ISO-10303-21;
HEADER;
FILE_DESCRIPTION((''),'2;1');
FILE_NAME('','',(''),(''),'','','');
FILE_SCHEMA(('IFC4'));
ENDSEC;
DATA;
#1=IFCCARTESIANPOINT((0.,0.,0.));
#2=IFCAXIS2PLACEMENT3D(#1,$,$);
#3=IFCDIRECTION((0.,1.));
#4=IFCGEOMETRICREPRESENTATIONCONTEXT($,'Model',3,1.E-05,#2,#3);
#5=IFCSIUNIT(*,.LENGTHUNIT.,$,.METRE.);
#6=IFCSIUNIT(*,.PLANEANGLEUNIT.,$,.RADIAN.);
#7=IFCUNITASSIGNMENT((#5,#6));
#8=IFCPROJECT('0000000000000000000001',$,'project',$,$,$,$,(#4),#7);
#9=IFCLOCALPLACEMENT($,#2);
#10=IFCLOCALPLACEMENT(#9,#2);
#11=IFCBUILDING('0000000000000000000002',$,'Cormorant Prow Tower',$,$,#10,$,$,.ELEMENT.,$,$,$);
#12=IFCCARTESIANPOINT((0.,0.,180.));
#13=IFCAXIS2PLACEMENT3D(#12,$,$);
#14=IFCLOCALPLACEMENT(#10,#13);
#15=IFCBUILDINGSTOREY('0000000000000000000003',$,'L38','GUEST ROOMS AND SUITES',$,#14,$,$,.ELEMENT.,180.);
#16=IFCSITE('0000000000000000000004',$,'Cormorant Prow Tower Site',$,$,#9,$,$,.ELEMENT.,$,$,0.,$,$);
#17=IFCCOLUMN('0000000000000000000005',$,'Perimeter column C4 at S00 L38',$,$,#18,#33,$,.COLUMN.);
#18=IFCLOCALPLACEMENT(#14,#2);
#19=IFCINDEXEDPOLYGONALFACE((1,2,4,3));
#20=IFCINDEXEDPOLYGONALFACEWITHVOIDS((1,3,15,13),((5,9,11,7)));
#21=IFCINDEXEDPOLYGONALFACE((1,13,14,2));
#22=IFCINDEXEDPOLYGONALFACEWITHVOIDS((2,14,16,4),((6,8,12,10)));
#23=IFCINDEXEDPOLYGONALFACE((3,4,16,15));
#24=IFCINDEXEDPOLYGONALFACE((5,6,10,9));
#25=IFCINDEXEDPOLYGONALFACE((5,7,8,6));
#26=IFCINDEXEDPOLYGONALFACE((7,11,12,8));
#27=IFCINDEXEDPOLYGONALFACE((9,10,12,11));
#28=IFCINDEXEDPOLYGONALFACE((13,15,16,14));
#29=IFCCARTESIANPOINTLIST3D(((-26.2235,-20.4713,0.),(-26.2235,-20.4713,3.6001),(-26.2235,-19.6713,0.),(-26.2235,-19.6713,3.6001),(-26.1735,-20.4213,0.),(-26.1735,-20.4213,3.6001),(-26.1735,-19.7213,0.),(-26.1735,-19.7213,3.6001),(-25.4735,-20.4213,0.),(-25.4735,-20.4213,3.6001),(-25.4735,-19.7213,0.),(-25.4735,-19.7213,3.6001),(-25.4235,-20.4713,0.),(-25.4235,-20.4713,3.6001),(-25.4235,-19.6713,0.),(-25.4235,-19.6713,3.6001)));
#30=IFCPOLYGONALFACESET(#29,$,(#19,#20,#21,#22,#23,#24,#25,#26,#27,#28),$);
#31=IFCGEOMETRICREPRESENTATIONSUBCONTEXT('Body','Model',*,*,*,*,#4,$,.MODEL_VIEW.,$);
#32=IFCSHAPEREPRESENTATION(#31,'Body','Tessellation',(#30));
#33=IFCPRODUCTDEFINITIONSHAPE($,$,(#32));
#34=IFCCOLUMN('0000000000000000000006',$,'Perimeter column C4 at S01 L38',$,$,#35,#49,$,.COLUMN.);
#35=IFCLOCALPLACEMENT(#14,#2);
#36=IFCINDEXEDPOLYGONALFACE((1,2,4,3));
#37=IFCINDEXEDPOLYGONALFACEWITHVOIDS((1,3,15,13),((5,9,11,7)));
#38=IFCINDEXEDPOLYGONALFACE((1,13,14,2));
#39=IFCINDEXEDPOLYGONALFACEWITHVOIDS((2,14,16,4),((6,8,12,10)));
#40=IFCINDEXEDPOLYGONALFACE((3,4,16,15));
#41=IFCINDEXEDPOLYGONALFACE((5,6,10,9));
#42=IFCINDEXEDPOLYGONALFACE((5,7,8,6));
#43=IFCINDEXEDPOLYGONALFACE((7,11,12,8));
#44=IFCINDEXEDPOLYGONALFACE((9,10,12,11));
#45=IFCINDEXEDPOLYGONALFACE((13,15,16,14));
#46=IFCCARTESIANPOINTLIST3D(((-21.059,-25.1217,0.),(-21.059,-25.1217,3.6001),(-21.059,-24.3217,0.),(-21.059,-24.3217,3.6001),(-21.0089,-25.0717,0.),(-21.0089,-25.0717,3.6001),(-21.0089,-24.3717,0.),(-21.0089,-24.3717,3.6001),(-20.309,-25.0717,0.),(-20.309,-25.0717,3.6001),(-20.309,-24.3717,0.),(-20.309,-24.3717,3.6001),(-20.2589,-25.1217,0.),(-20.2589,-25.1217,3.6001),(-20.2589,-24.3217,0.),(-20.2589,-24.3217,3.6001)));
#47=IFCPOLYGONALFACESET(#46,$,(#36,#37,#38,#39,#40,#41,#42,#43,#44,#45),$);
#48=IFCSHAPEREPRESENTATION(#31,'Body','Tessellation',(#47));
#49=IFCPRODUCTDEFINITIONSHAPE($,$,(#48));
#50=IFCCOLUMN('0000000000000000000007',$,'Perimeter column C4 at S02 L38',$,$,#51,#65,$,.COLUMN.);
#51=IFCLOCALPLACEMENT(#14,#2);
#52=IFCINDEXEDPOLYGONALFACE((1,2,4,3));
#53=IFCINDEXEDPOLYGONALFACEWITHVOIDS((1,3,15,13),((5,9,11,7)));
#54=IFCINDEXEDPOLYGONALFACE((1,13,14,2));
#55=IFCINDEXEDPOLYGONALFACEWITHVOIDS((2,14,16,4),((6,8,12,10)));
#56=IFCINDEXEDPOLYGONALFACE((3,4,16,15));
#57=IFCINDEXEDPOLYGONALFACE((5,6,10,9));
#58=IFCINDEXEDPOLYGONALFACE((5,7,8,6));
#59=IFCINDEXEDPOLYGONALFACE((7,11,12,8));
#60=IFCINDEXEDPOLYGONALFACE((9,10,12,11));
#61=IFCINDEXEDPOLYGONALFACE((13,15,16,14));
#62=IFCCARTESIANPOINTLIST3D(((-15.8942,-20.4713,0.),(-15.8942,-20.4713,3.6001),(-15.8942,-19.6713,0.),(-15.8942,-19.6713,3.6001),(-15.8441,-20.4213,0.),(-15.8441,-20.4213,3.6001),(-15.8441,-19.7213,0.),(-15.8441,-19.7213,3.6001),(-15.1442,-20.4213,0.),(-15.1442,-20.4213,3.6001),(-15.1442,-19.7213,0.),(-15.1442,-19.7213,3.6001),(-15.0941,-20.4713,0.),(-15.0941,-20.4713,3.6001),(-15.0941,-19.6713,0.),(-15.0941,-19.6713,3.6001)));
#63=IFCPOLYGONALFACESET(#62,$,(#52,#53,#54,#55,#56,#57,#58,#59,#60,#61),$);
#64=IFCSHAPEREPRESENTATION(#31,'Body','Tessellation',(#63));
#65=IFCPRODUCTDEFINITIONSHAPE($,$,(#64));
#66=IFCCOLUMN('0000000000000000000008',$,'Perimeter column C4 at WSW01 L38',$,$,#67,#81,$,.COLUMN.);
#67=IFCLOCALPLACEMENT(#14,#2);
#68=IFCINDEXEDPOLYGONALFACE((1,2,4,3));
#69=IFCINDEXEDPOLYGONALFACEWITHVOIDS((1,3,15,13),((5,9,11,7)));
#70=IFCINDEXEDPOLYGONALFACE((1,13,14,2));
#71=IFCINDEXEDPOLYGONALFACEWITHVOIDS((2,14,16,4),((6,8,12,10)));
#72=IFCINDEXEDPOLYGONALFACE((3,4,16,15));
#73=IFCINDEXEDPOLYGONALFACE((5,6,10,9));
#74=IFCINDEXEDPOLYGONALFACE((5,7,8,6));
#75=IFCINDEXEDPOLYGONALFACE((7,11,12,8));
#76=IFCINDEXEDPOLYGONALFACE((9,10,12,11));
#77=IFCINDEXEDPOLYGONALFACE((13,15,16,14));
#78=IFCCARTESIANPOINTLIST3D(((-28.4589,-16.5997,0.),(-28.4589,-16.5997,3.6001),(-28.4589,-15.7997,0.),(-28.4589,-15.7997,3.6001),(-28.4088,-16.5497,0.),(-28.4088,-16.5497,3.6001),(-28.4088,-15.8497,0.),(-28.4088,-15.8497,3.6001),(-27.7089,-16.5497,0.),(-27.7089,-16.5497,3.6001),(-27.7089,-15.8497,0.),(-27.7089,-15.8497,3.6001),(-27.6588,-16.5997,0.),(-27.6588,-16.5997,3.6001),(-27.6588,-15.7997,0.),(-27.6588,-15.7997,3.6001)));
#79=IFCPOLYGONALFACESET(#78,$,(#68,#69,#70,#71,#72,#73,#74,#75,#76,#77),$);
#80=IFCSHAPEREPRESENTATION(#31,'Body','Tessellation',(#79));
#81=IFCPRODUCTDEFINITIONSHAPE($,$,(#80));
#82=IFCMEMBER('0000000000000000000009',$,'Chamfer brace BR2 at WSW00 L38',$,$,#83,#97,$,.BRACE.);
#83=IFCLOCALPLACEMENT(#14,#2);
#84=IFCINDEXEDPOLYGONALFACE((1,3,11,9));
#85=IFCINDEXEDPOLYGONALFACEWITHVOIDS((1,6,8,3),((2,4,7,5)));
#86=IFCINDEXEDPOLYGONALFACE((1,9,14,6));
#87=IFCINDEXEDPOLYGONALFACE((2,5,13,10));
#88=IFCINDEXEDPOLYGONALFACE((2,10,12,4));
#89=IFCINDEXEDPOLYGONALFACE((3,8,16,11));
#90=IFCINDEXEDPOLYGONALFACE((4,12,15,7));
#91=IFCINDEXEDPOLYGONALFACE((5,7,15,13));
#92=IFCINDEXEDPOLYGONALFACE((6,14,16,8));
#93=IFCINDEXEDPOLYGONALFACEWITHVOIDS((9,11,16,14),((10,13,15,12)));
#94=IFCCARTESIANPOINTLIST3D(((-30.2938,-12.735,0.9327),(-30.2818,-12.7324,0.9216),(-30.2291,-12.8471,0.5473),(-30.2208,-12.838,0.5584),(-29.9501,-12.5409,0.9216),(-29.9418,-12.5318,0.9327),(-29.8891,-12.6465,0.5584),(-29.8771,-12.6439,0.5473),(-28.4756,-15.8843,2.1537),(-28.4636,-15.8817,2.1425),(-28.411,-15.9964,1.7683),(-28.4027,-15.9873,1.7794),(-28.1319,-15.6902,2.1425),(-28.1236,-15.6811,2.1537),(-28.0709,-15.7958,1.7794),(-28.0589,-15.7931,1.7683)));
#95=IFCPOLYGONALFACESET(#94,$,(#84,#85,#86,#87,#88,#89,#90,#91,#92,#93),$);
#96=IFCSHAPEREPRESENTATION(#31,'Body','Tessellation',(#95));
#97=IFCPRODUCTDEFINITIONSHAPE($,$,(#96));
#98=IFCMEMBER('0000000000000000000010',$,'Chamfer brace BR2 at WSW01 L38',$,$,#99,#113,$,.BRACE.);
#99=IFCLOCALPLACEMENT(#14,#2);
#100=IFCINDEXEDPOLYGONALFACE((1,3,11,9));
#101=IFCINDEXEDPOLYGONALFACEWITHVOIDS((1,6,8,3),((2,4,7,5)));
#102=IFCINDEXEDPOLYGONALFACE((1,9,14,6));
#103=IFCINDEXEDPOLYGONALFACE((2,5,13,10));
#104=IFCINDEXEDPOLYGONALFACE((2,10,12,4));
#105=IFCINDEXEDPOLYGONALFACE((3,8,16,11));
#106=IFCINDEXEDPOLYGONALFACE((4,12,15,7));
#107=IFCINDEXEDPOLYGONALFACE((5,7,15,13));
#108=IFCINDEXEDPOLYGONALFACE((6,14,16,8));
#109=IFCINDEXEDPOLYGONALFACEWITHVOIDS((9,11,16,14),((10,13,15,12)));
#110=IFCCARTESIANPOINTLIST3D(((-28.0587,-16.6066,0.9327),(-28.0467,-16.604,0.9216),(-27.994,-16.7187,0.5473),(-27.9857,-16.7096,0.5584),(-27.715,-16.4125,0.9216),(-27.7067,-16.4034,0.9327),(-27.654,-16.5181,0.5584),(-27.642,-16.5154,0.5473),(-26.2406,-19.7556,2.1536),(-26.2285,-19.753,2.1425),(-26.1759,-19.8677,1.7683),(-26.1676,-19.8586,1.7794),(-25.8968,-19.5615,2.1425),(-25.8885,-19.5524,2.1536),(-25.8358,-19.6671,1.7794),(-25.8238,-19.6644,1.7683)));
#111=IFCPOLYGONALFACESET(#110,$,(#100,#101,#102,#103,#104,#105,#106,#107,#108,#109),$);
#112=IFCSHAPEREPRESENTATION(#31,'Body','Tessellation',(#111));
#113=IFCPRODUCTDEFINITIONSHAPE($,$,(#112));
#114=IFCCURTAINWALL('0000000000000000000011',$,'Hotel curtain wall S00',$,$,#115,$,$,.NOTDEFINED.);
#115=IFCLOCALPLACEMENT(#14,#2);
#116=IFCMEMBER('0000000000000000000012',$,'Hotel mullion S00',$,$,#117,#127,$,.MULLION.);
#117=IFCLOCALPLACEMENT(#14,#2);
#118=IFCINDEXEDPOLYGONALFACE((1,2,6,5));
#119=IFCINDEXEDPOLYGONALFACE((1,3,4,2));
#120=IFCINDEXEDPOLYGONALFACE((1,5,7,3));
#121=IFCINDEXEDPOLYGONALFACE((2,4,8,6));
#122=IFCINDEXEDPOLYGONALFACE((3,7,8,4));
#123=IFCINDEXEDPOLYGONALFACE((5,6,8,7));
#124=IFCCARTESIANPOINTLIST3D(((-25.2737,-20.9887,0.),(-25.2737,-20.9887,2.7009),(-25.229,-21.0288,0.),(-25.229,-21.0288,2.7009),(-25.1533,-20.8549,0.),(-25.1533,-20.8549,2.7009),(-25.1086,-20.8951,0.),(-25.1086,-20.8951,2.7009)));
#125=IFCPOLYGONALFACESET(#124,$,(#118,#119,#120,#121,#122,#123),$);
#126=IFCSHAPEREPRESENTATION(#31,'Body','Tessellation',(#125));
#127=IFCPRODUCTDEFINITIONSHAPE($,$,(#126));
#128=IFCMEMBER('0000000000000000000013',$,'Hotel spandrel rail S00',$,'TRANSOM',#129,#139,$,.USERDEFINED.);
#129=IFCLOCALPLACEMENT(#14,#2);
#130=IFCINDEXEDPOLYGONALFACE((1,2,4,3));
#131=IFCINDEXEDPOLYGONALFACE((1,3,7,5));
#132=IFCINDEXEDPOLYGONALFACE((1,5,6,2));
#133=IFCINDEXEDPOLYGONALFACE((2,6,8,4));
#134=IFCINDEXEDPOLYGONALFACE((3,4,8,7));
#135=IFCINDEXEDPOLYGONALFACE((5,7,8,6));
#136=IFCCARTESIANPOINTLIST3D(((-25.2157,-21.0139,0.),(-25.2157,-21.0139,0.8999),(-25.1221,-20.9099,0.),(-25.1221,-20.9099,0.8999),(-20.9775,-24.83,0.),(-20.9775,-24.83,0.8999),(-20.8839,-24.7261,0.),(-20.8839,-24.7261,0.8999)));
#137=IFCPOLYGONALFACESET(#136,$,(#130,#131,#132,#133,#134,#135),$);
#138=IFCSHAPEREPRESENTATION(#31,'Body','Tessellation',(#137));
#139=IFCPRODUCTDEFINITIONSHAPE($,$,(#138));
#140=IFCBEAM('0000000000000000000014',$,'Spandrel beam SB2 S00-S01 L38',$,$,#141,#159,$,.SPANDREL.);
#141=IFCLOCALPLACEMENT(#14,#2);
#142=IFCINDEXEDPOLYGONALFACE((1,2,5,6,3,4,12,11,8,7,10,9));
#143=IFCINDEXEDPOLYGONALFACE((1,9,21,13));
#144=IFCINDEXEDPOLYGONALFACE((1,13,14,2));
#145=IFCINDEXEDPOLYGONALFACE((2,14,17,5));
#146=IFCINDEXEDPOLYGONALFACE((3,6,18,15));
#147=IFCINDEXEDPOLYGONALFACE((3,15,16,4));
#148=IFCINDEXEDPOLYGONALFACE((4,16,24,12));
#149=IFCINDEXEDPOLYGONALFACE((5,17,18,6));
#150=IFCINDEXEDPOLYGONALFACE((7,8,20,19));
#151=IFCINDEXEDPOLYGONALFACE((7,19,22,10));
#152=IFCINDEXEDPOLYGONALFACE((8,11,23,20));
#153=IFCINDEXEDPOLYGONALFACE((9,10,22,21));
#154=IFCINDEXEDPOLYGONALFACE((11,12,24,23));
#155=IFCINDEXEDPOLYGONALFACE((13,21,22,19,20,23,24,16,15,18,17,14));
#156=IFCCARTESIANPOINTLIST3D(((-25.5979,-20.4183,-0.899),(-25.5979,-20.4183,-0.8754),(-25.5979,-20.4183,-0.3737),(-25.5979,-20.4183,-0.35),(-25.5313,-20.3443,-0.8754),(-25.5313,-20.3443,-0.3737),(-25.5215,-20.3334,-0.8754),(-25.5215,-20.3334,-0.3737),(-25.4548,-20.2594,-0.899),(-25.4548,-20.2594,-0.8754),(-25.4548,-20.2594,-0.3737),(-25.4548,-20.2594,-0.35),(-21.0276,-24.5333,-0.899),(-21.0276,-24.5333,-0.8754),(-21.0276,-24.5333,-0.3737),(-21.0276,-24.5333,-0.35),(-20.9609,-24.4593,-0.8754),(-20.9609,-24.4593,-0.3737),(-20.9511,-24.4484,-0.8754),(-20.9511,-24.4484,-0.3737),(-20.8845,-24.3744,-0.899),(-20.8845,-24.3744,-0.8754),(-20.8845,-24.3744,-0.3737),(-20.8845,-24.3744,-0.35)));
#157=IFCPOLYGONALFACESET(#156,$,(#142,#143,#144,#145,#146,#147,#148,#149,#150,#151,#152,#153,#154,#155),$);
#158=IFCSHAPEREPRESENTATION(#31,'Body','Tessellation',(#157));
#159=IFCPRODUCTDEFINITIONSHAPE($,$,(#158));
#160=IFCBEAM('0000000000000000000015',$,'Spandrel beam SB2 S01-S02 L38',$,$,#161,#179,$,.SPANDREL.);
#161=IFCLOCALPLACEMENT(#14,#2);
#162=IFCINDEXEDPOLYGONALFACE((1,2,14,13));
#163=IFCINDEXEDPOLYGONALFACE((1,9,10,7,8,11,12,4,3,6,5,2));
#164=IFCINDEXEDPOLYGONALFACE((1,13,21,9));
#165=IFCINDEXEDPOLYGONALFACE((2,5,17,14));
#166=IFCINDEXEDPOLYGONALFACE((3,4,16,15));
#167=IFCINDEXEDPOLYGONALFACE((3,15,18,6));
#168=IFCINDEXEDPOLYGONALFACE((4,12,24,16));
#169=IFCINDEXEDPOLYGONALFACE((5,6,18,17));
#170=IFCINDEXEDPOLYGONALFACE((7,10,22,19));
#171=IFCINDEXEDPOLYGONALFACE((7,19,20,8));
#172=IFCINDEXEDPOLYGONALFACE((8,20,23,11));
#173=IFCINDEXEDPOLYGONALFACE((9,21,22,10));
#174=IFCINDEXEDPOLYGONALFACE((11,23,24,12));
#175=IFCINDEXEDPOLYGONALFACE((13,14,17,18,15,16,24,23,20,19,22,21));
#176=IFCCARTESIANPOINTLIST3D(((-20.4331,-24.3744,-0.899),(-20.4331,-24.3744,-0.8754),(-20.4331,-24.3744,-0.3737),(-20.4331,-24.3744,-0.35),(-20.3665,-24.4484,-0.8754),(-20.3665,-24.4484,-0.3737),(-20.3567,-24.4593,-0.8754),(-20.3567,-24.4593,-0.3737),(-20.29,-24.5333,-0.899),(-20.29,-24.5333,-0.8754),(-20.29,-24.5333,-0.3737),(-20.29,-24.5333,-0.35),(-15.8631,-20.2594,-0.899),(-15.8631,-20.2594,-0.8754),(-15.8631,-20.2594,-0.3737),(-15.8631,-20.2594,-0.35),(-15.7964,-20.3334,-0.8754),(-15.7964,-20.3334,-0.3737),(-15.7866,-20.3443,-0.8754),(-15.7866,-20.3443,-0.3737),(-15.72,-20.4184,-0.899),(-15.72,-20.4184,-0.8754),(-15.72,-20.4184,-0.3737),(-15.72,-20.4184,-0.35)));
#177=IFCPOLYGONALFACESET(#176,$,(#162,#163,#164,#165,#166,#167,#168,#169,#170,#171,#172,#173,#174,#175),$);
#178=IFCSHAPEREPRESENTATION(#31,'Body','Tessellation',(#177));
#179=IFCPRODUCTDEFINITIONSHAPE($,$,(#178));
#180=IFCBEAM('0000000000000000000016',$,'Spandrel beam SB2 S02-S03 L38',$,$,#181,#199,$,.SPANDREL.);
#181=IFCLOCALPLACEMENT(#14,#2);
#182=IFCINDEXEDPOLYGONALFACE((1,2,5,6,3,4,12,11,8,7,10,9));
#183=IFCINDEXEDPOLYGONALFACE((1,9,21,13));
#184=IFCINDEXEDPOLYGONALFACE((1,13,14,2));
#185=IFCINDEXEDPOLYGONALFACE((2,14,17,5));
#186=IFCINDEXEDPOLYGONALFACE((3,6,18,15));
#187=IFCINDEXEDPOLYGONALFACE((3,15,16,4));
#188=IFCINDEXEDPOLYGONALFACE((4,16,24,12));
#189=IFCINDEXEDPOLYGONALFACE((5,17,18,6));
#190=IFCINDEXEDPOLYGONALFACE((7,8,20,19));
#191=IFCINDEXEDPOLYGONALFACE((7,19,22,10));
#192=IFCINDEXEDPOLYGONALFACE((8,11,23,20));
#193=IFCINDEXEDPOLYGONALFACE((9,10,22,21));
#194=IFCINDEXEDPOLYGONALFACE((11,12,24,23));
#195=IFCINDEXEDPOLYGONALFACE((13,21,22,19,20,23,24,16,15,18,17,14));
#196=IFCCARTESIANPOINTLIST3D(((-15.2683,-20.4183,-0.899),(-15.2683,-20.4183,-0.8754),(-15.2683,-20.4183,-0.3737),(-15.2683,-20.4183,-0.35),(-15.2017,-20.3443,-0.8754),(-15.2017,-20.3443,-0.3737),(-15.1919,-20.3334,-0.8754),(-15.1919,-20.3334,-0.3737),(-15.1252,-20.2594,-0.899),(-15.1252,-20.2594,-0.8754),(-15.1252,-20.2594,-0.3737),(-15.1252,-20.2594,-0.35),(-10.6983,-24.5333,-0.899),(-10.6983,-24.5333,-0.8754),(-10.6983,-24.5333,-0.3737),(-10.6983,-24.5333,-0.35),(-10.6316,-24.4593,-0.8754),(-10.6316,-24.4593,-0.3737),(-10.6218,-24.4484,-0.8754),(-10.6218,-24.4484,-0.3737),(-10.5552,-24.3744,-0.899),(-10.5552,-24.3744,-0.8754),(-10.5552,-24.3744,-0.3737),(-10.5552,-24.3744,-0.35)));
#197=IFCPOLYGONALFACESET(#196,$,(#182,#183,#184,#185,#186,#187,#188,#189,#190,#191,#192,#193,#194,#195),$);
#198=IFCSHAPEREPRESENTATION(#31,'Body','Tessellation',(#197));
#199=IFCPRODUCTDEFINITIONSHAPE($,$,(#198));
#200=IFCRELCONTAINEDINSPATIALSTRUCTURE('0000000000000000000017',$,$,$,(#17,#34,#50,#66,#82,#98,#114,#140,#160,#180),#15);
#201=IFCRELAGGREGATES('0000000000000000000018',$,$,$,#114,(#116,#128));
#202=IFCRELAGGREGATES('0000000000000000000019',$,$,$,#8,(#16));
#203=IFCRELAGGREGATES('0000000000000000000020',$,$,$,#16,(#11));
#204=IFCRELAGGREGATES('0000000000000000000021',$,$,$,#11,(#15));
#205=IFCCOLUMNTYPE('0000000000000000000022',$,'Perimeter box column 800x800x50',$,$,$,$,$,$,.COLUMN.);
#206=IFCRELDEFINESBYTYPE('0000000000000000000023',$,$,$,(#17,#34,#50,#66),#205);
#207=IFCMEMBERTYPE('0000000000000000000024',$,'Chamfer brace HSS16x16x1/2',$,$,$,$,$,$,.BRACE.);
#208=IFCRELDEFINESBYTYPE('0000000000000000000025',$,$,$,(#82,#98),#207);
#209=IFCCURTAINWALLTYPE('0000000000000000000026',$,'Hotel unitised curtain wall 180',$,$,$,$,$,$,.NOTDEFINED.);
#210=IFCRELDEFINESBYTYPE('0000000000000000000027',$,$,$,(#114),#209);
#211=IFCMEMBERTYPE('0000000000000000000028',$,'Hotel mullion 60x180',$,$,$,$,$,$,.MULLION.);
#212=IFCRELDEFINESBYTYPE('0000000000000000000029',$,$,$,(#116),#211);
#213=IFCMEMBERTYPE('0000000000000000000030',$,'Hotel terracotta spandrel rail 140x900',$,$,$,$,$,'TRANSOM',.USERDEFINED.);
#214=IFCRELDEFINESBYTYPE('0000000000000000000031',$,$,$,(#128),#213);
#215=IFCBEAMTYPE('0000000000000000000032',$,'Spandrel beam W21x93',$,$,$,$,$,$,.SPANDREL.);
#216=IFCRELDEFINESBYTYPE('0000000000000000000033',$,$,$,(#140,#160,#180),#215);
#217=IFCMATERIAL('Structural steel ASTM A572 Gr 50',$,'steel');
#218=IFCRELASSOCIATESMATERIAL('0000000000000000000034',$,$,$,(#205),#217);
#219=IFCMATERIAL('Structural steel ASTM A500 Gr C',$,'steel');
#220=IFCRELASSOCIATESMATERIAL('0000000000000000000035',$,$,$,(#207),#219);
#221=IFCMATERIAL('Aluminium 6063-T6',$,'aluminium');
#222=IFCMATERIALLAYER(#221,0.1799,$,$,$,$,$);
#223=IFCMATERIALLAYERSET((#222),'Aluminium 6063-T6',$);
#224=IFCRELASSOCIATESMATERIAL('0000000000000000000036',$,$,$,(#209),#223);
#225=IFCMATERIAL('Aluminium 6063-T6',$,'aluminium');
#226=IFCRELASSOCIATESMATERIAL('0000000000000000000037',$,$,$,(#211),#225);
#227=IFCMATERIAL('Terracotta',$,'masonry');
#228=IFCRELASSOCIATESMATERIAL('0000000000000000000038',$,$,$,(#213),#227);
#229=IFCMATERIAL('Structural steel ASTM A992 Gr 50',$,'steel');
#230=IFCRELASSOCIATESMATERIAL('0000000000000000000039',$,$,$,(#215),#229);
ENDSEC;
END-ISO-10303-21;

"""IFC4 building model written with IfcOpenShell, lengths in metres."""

from ifc_helpers import new_model, si_unit, direction, frame, origin, origin_2d, place, context, subcontext, project, spatial, rectangle, hollow_rectangle, i_section, extrude, material, layer, layer_set, material_profile, profile_set, type_object, element, aggregate, save


model = new_model("IFC4")

# Units and contexts
model_context = context("Model", 3, precision=1e-05, world=origin(), true_north=direction((0.0, 1.0)))
body_context = subcontext(model_context, "Body", "Model", "MODEL_VIEW")
ifc_project = project(units=[si_unit("LENGTHUNIT", "METRE"), si_unit("PLANEANGLEUNIT", "RADIAN")], contexts=[model_context])

# Site, building, storey
site_placement = place(None, origin())
site = spatial("IfcSite", under=ifc_project, at=site_placement, Name="Cormorant Prow Tower Site", CompositionType="ELEMENT", RefElevation=0.0)
building_placement = place(site_placement, origin())
building = spatial("IfcBuilding", under=site, at=building_placement, Name="Cormorant Prow Tower", CompositionType="ELEMENT")
storey_placement = place(building_placement, frame((0.0, 0.0, 180.0)))
storey = spatial("IfcBuildingStorey", under=building, at=storey_placement, Name="L38", Description="GUEST ROOMS AND SUITES", CompositionType="ELEMENT", Elevation=180.0)

# Columns
ifc_material_1 = material(Name="Structural steel ASTM A572 Gr 50", Category="steel")
ifc_material_profile_1 = material_profile(ifc_material_1, hollow_rectangle(XDim=0.8, YDim=0.8, WallThickness=0.05, at=origin_2d()), Name="Box 800x800x50")
ifc_profile_set_1 = profile_set([ifc_material_profile_1], Name="Structural steel ASTM A572 Gr 50")
column_type = type_object("IfcColumnType", Name="Perimeter box column 800x800x50", PredefinedType="COLUMN", material=ifc_profile_set_1)
for number, where, z_axis, x_axis, name in (
    (1, (-25.8235, -20.0713, 0.0), (0.0, 0.0, 1.0), (1.0, 0.0, 0.0), "Perimeter column C4 at S00 L38"),
    (2, (-20.6589, -24.7217, 0.0), (0.0, 0.0, 1.0), (1.0, 0.0, 0.0), "Perimeter column C4 at S01 L38"),
    (3, (-15.4941, -20.0713, 0.0), (0.0, 0.0, 1.0), (1.0, 0.0, 0.0), "Perimeter column C4 at S02 L38"),
    (4, (-28.0588, -16.1997, 0.0), (0.0, 0.0, 1.0), (1.0, 0.0, 0.0), "Perimeter column C4 at WSW01 L38"),
):
    element("IfcColumn", number, at=place(storey_placement, frame(where, z_axis=z_axis, x_axis=x_axis)), inside=storey, type_object=column_type, Name=name, PredefinedType="COLUMN", context=body_context, shape_type="SweptSolid", body=[
        extrude(hollow_rectangle(XDim=0.8, YDim=0.8, WallThickness=0.05, at=origin_2d()), origin(), (0.0, 0.0, 1.0), 3.6001),
    ])

# Members
ifc_material_2 = material(Name="Structural steel ASTM A500 Gr C", Category="steel")
ifc_material_profile_2 = material_profile(ifc_material_2, hollow_rectangle(XDim=0.4065, YDim=0.4065, WallThickness=0.0117, at=origin_2d()), Name="HSS16x16x1/2")
ifc_profile_set_2 = profile_set([ifc_material_profile_2], Name="Structural steel ASTM A500 Gr C")
member_type_1 = type_object("IfcMemberType", Name="Chamfer brace HSS16x16x1/2", PredefinedType="BRACE", material=ifc_profile_set_2)
member_1_placement = place(storey_placement, frame((-30.0854, -12.6895, 0.74), z_axis=(0.473983, -0.82099, 0.318301), x_axis=(0.866032, 0.499988, 0.0)))
element("IfcMember", 5, at=member_1_placement, inside=storey, type_object=member_type_1, Name="Chamfer brace BR2 at WSW00 L38", PredefinedType="BRACE", context=body_context, shape_type="SweptSolid", body=[
    extrude(hollow_rectangle(XDim=0.4065, YDim=0.4065, WallThickness=0.0117, at=origin_2d()), origin(), (0.0, 0.0, 1.0), 3.8359),
])
member_2_placement = place(storey_placement, frame((-27.8503, -16.561, 0.74), z_axis=(0.474008, -0.820969, 0.318318), x_axis=(0.866016, 0.500017, 0.0)))
element("IfcMember", 6, at=member_2_placement, inside=storey, type_object=member_type_1, Name="Chamfer brace BR2 at WSW01 L38", PredefinedType="BRACE", context=body_context, shape_type="SweptSolid", body=[
    extrude(hollow_rectangle(XDim=0.4065, YDim=0.4065, WallThickness=0.0117, at=origin_2d()), origin(), (0.0, 0.0, 1.0), 3.8357),
])

# Curtain wall, members
ifc_material_3 = material(Name="Aluminium 6063-T6", Category="aluminium")
ifc_layer_1 = layer(ifc_material_3, 0.1799)
ifc_layer_set_1 = layer_set([ifc_layer_1], Name="Aluminium 6063-T6")
curtain_wall_type = type_object("IfcCurtainWallType", Name="Hotel unitised curtain wall 180", PredefinedType="NOTDEFINED", material=ifc_layer_set_1)
curtain_wall_placement = place(storey_placement, origin())
curtain_wall = element("IfcCurtainWall", 7, at=curtain_wall_placement, inside=storey, type_object=curtain_wall_type, Name="Hotel curtain wall S00", PredefinedType="NOTDEFINED")
ifc_material_4 = material(Name="Aluminium 6063-T6", Category="aluminium")
ifc_material_profile_3 = material_profile(ifc_material_4, rectangle(XDim=0.1799, YDim=0.0601, at=origin_2d()), Name="Hotel mullion 60x180")
ifc_profile_set_3 = profile_set([ifc_material_profile_3], Name="Aluminium 6063-T6")
member_type_2 = type_object("IfcMemberType", Name="Hotel mullion 60x180", PredefinedType="MULLION", material=ifc_profile_set_3)
member_3_placement = place(storey_placement, frame((-25.1912, -20.9419, 0.0), z_axis=(0.0, 0.0, 1.0), x_axis=(0.669131, 0.743145, 0.0)))
member_3 = element("IfcMember", 8, at=member_3_placement, type_object=member_type_2, Name="Hotel mullion S00", PredefinedType="MULLION", context=body_context, shape_type="SweptSolid", body=[
    extrude(rectangle(XDim=0.1799, YDim=0.0601, at=origin_2d()), origin(), (0.0, 0.0, 1.0), 2.7009),
])
ifc_material_5 = material(Name="Terracotta", Category="masonry")
ifc_material_profile_4 = material_profile(ifc_material_5, rectangle(XDim=0.1399, YDim=0.8999, at=origin_2d()), Name="Hotel terracotta spandrel rail 140x900")
ifc_profile_set_4 = profile_set([ifc_material_profile_4], Name="Terracotta")
member_type_3 = type_object("IfcMemberType", Name="Hotel terracotta spandrel rail 140x900", ElementType="TRANSOM", PredefinedType="USERDEFINED", material=ifc_profile_set_4)
member_4_placement = place(storey_placement, frame((-25.1689, -20.9619, 0.45), z_axis=(0.743145, -0.66913, 0.0), x_axis=(0.66913, 0.743145, 0.0)))
member_4 = element("IfcMember", 9, at=member_4_placement, type_object=member_type_3, Name="Hotel spandrel rail S00", ObjectType="TRANSOM", PredefinedType="USERDEFINED", context=body_context, shape_type="SweptSolid", body=[
    extrude(rectangle(XDim=0.1399, YDim=0.8999, at=origin_2d()), origin(), (0.0, 0.0, 1.0), 5.7031),
])

# Beams
ifc_material_6 = material(Name="Structural steel ASTM A992 Gr 50", Category="steel")
ifc_material_profile_5 = material_profile(ifc_material_6, i_section(OverallWidth=0.2139, OverallDepth=0.5491, WebThickness=0.0146, FlangeThickness=0.0237, at=origin_2d()), Name="W21x93")
ifc_profile_set_5 = profile_set([ifc_material_profile_5], Name="Structural steel ASTM A992 Gr 50")
beam_type = type_object("IfcBeamType", Name="Spandrel beam W21x93", PredefinedType="SPANDREL", material=ifc_profile_set_5)
beam_placement = place(storey_placement, frame((-25.5264, -20.3389, -0.6245), z_axis=(0.743156, -0.669118, 0.0), x_axis=(0.669118, 0.743156, 0.0)))
element("IfcBeam", 10, at=beam_placement, inside=storey, type_object=beam_type, Name="Spandrel beam SB2 S00-S01 L38", PredefinedType="SPANDREL", context=body_context, shape_type="SweptSolid", body=[
    extrude(i_section(OverallWidth=0.2139, OverallDepth=0.5491, WebThickness=0.0146, FlangeThickness=0.0237, at=origin_2d()), origin(), (0.0, 0.0, 1.0), 6.1499),
])
for number, where, z_axis, x_axis, name in (
    (11, (-20.3616, -24.4539, -0.6245), (0.743138, 0.669138, 0.0), (-0.669138, 0.743138, 0.0), "Spandrel beam SB2 S01-S02 L38"),
    (12, (-15.1968, -20.3389, -0.6245), (0.743138, -0.669138, 0.0), (0.669138, 0.743138, 0.0), "Spandrel beam SB2 S02-S03 L38"),
):
    element("IfcBeam", number, at=place(storey_placement, frame(where, z_axis=z_axis, x_axis=x_axis)), inside=storey, type_object=beam_type, Name=name, PredefinedType="SPANDREL", context=body_context, shape_type="SweptSolid", body=[
        extrude(i_section(OverallWidth=0.2139, OverallDepth=0.5491, WebThickness=0.0146, FlangeThickness=0.0237, at=origin_2d()), origin(), (0.0, 0.0, 1.0), 6.1497),
    ])

aggregate(curtain_wall, [member_3, member_4])

save(model, "model.ifc")
